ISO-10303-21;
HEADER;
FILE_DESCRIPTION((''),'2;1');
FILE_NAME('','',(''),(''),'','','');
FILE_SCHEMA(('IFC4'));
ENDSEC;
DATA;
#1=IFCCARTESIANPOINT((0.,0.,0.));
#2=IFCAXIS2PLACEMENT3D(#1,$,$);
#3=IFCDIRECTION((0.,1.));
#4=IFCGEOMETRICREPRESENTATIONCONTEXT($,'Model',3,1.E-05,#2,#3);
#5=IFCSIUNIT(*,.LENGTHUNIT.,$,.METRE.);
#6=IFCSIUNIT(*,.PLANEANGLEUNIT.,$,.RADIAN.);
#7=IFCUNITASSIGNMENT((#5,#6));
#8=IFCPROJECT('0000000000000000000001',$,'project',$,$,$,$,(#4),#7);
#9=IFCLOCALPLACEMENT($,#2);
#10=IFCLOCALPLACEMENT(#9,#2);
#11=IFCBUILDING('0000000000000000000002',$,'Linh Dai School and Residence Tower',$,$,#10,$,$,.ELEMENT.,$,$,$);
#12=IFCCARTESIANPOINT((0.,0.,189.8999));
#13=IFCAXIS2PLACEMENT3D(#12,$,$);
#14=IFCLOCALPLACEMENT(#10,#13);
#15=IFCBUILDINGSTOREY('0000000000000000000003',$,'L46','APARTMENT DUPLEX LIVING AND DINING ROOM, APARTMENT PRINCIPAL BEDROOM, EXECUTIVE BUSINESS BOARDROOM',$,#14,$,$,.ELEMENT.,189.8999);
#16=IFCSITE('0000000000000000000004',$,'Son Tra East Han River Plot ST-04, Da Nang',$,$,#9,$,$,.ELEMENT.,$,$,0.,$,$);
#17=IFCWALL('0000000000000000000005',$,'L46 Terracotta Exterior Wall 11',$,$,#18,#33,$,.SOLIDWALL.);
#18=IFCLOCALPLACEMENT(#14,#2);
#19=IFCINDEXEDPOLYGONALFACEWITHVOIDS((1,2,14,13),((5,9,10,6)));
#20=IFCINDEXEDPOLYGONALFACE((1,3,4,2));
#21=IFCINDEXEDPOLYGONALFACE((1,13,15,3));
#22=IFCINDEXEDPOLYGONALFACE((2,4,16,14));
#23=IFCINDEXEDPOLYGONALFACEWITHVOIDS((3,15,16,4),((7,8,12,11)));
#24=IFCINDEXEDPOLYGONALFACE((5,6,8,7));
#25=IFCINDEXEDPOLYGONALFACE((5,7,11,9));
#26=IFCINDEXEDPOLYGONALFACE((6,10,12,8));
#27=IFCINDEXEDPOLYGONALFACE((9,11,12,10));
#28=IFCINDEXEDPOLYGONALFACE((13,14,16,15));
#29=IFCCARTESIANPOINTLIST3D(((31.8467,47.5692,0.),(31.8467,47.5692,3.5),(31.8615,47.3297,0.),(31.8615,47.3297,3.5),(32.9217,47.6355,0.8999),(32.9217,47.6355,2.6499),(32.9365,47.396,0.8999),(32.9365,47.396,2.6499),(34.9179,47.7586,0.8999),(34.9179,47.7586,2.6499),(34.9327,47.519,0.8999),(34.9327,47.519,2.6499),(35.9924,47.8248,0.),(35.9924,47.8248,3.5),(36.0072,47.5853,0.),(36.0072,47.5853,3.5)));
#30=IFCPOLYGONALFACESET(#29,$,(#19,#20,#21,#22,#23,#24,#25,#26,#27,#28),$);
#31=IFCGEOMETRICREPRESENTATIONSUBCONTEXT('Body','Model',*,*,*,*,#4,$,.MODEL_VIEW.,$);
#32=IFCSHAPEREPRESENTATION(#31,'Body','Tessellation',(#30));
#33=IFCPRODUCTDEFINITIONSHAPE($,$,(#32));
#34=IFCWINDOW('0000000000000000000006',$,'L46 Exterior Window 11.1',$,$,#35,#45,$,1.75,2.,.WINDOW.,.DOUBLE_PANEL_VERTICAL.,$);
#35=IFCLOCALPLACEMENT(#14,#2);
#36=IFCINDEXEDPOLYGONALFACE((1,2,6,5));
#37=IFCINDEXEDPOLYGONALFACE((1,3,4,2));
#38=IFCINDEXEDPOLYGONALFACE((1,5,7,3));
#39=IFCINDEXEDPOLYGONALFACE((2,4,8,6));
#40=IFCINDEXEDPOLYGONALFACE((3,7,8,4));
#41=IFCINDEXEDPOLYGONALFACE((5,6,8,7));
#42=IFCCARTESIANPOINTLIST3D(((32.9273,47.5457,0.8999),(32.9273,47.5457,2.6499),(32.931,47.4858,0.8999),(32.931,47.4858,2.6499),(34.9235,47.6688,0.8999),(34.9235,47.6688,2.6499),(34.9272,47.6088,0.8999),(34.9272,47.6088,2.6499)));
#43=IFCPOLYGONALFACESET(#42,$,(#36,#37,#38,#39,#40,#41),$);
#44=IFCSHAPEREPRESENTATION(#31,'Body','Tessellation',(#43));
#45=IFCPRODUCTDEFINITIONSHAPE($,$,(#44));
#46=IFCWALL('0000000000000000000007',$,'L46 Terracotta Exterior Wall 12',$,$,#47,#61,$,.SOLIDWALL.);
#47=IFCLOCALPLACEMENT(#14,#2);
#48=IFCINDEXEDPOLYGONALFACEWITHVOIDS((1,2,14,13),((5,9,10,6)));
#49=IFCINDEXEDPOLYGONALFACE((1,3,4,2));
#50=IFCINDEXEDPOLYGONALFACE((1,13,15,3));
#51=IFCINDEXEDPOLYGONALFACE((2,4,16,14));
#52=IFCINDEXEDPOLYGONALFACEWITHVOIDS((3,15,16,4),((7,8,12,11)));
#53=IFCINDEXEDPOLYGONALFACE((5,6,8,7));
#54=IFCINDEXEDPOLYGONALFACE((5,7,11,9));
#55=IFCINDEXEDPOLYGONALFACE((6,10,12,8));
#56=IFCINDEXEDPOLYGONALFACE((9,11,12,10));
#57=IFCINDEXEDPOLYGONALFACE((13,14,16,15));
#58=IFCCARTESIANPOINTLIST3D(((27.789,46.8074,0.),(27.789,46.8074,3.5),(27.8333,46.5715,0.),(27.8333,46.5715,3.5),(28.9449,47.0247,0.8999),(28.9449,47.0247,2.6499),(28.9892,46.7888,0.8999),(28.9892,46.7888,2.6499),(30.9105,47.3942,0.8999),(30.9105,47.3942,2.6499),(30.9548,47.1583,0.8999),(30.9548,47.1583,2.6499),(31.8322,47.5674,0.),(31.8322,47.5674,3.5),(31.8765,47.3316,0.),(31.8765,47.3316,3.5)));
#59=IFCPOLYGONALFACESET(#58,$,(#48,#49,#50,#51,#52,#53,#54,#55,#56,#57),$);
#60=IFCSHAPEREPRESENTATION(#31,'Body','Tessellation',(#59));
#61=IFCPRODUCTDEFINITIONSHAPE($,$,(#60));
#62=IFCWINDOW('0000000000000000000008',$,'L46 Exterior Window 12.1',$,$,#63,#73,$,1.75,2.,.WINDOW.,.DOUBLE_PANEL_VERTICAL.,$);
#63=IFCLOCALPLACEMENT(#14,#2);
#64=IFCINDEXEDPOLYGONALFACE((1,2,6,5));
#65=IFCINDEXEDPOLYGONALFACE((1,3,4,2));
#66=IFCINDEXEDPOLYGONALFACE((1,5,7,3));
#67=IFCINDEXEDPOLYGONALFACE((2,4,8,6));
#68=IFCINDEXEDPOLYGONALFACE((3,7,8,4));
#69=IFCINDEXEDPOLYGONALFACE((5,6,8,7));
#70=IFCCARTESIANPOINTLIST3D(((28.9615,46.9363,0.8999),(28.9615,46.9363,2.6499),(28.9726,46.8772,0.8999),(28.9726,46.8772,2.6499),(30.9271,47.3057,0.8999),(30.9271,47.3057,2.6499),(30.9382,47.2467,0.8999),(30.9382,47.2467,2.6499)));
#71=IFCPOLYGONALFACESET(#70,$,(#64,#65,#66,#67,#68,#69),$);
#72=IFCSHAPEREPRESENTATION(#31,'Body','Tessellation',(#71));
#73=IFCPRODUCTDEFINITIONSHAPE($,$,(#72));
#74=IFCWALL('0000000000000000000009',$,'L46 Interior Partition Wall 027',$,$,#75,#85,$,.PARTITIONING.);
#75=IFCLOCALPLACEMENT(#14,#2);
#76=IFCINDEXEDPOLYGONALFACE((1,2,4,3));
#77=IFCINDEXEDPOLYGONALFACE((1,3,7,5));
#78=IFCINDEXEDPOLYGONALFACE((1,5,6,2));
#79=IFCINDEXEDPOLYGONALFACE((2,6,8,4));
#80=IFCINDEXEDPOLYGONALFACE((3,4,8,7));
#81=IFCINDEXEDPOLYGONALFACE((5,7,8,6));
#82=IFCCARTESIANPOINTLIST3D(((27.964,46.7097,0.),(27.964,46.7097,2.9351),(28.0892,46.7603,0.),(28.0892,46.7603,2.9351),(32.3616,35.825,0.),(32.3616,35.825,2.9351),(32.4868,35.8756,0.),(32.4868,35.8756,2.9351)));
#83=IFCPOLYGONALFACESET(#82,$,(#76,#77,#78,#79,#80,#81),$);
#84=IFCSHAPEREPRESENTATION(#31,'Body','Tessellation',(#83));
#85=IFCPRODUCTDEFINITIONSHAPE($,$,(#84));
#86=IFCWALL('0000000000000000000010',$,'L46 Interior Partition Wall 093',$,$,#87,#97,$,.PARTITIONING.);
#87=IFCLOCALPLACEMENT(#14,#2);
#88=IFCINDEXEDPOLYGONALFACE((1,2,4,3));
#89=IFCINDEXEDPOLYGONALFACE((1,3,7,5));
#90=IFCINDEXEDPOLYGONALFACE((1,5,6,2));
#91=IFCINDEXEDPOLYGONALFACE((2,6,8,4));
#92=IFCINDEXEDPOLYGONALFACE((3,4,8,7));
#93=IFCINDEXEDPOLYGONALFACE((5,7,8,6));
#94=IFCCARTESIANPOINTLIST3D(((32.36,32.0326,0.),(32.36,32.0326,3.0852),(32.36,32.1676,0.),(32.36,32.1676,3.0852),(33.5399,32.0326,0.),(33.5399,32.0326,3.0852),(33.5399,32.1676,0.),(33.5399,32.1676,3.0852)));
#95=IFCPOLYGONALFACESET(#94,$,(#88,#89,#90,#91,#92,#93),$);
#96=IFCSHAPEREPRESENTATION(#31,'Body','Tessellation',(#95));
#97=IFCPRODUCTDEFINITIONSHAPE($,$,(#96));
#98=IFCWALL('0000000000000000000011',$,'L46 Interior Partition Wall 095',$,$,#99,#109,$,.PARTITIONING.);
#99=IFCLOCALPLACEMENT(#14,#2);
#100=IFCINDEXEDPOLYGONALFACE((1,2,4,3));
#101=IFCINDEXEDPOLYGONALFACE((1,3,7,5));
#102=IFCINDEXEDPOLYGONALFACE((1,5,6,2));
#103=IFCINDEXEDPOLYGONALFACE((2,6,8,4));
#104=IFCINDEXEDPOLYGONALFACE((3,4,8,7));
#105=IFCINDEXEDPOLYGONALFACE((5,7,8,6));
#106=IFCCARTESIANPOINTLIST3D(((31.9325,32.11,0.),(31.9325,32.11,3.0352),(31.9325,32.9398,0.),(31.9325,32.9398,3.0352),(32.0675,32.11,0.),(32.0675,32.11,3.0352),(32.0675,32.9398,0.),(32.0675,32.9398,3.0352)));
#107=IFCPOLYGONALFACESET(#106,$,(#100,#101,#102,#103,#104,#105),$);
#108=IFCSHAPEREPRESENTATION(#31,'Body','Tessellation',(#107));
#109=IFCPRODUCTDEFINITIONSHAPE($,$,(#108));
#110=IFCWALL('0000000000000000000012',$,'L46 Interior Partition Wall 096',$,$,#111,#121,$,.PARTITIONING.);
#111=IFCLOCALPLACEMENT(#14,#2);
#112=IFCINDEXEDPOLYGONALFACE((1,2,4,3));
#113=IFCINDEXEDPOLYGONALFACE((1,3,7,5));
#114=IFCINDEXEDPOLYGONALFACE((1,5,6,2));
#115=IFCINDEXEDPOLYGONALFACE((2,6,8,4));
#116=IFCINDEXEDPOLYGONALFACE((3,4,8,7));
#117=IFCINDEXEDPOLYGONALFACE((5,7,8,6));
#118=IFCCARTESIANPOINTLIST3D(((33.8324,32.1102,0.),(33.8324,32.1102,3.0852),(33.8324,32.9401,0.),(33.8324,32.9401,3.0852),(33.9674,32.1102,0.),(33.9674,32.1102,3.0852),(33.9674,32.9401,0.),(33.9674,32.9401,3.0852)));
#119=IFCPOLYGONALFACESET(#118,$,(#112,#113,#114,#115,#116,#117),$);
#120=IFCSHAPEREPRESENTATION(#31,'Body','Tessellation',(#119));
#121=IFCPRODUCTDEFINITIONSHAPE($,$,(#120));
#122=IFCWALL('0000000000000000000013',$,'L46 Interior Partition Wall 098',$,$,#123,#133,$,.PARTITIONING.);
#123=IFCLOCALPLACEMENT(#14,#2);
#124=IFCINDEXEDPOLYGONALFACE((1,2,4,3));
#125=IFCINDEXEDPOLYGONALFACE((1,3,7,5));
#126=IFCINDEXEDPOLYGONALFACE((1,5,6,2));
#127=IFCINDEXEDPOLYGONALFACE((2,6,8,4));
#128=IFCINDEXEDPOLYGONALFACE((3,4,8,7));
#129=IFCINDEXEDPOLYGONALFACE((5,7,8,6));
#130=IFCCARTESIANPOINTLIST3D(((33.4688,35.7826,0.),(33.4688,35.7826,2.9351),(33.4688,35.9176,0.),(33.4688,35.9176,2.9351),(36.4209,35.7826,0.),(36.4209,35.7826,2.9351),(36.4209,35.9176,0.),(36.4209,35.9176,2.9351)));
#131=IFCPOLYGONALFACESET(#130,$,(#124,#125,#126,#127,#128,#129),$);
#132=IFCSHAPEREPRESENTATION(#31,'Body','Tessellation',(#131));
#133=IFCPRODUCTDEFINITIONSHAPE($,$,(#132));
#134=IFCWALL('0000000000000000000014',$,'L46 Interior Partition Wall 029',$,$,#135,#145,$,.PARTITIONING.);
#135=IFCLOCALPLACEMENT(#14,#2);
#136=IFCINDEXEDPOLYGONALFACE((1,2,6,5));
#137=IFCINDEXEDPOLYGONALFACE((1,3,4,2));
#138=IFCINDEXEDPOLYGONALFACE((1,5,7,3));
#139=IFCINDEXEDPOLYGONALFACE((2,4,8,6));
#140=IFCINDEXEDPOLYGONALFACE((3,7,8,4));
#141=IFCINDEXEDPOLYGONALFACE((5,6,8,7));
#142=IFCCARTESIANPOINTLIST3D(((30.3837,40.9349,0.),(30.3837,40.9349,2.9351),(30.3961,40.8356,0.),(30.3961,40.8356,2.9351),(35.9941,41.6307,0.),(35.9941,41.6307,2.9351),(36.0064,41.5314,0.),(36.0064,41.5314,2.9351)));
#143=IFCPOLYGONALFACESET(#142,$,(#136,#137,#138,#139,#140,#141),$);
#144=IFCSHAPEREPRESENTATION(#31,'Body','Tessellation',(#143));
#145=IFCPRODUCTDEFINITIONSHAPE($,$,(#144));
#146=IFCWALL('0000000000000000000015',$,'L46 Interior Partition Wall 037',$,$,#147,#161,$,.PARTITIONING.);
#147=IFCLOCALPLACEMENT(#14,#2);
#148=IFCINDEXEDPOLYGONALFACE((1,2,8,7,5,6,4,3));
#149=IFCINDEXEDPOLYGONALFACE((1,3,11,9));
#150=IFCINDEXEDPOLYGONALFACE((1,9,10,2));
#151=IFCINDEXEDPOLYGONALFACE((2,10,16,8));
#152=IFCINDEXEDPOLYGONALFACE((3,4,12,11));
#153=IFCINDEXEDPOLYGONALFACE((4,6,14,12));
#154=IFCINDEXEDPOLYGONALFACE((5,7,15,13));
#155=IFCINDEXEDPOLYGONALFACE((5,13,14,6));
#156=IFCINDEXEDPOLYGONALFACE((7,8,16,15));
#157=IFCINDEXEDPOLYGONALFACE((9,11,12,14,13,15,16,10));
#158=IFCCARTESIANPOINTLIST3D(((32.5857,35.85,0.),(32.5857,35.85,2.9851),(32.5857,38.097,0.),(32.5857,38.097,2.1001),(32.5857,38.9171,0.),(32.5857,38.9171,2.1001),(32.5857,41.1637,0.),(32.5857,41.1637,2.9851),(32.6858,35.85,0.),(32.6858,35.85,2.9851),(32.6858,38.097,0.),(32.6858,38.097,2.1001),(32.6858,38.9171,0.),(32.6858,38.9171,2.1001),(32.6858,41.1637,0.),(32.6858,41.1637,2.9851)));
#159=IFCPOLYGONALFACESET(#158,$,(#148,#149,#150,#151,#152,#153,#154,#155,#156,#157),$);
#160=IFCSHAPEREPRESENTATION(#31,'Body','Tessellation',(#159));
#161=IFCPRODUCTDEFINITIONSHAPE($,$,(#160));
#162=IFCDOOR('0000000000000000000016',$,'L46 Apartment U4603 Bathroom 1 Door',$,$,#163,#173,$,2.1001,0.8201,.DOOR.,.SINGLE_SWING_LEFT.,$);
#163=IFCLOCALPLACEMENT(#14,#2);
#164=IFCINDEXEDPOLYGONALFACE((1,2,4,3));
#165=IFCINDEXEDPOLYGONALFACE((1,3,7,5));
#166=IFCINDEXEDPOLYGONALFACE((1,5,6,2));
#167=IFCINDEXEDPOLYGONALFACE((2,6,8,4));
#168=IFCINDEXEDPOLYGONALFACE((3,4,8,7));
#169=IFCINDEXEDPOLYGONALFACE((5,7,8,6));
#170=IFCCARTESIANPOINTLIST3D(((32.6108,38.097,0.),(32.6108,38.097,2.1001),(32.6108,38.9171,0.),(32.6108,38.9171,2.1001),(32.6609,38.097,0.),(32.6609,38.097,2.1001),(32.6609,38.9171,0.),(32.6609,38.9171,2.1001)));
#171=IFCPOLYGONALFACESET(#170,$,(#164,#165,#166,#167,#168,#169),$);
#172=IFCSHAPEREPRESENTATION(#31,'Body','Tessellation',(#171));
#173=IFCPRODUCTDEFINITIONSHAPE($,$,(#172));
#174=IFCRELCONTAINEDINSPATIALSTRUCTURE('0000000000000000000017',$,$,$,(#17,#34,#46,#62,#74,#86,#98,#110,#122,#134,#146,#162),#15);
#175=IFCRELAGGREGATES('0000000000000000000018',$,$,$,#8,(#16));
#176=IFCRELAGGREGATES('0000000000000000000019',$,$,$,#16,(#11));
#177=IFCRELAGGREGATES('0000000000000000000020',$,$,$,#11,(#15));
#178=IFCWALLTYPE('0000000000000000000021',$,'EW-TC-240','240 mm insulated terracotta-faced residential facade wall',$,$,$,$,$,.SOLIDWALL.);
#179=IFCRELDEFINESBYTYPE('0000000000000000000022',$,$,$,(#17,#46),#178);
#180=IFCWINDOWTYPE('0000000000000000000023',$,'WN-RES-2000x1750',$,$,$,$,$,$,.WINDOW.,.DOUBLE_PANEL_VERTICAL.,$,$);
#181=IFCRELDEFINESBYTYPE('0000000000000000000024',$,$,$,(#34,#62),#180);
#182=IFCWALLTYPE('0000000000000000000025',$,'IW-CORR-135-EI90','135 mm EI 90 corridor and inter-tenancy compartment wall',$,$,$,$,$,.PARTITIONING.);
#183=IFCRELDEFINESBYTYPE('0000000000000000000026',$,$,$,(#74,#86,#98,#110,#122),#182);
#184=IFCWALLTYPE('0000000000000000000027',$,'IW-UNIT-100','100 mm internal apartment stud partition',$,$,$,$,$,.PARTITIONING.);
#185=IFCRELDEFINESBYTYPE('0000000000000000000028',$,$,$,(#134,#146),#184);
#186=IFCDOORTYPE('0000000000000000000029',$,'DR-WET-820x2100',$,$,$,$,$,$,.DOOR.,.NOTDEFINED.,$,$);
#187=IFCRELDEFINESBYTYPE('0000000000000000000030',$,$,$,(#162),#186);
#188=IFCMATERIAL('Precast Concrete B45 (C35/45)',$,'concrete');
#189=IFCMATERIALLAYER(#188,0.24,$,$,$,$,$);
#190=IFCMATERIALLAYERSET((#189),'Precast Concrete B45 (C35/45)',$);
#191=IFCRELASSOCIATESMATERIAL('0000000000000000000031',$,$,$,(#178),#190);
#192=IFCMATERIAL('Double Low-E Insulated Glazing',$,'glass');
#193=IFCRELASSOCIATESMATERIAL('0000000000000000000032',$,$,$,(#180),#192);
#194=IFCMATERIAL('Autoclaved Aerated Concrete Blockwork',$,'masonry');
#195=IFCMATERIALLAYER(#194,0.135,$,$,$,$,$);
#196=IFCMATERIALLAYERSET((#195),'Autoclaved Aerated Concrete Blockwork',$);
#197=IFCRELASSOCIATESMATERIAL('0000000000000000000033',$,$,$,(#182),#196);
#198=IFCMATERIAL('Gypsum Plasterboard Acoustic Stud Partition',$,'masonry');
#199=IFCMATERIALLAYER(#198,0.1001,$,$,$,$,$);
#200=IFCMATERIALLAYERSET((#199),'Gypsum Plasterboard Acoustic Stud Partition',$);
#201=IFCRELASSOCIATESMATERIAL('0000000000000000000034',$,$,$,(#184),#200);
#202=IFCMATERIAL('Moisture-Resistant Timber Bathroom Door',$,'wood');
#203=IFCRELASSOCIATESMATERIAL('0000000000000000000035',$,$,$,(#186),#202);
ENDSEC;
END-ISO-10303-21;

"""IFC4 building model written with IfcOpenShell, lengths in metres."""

from ifc_helpers import new_model, si_unit, direction, frame, frame_2d, origin, origin_2d, place, context, subcontext, project, spatial, rectangle, extrude, source, transform, mapped, material, layer, layer_set, type_object, element, fill, save


model = new_model("IFC4")

# Units and contexts
model_context = context("Model", 3, precision=1e-05, world=origin(), true_north=direction((0.0, 1.0)))
body_context = subcontext(model_context, "Body", "Model", "MODEL_VIEW")
ifc_project = project(units=[si_unit("LENGTHUNIT", "METRE"), si_unit("PLANEANGLEUNIT", "RADIAN")], contexts=[model_context])

# Site, building, storey
site_placement = place(None, origin())
site = spatial("IfcSite", under=ifc_project, at=site_placement, Name="Son Tra East Han River Plot ST-04, Da Nang", CompositionType="ELEMENT", RefElevation=0.0)
building_placement = place(site_placement, origin())
building = spatial("IfcBuilding", under=site, at=building_placement, Name="Linh Dai School and Residence Tower", CompositionType="ELEMENT")
storey_placement = place(building_placement, frame((0.0, 0.0, 189.8999)))
storey = spatial("IfcBuildingStorey", under=building, at=storey_placement, Name="L46", Description="APARTMENT DUPLEX LIVING AND DINING ROOM, APARTMENT PRINCIPAL BEDROOM, EXECUTIVE BUSINESS BOARDROOM", CompositionType="ELEMENT", Elevation=189.8999)

# Walls, openings, windows
ifc_material_1 = material(Name="Precast Concrete B45 (C35/45)", Category="concrete")
ifc_layer_1 = layer(ifc_material_1, 0.24)
ifc_layer_set_1 = layer_set([ifc_layer_1], Name="Precast Concrete B45 (C35/45)")
wall_type_1 = type_object("IfcWallType", Name="EW-TC-240", Description="240 mm insulated terracotta-faced residential facade wall", PredefinedType="SOLIDWALL", material=ifc_layer_set_1)
wall_1_placement = place(storey_placement, frame((31.8542, 47.4495, 0.0), z_axis=(0.0, 0.0, 1.0), x_axis=(0.998105, 0.06154, 0.0)))
wall_1 = element("IfcWall", 1, at=wall_1_placement, inside=storey, type_object=wall_type_1, Name="L46 Terracotta Exterior Wall 11", PredefinedType="SOLIDWALL", context=body_context, shape_type="SweptSolid", body=[
    extrude(rectangle(XDim=4.1536, YDim=0.24, at=frame_2d((2.0767, 0.0))), origin(), (0.0, 0.0, 1.0), 3.5),
])
opening_1_placement = place(wall_1_placement, frame((1.0769, 0.0, 0.8999)))
opening_1 = element("IfcOpeningElement", 2, at=opening_1_placement, cuts=wall_1, PredefinedType="OPENING", context=body_context, shape_type="SweptSolid", body=[
    extrude(rectangle(XDim=2.0, YDim=1.75, at=origin_2d()), frame((1.0, 0.1299, 0.875), z_axis=(0.0, -1.0, 0.0), x_axis=(1.0, 0.0, 0.0)), (0.0, 0.0, 1.0), 0.26),
])
ifc_material_2 = material(Name="Double Low-E Insulated Glazing", Category="glass")
window_type = type_object("IfcWindowType", Name="WN-RES-2000x1750", PartitioningType="DOUBLE_PANEL_VERTICAL", PredefinedType="WINDOW", material=ifc_material_2)
shared_shape_1 = source(origin(), body_context, "Body", "SweptSolid", [
    extrude(rectangle(XDim=2.0, YDim=1.75, at=origin_2d()), frame((1.0, 0.03, 0.875), z_axis=(0.0, -1.0, 0.0), x_axis=(1.0, 0.0, 0.0)), (0.0, 0.0, 1.0), 0.0601),
])
window_1_placement = place(opening_1_placement, origin())
window_1 = element("IfcWindow", 3, at=window_1_placement, inside=storey, type_object=window_type, Name="L46 Exterior Window 11.1", OverallHeight=1.75, OverallWidth=2.0, PartitioningType="DOUBLE_PANEL_VERTICAL", PredefinedType="WINDOW", context=body_context, shape_type="MappedRepresentation", body=[
    mapped(shared_shape_1, transform((0.0, 0.0, 0.0), x_axis=(1.0, 0.0, 0.0), y_axis=(0.0, 1.0, 0.0), z_axis=(0.0, 0.0, 1.0), scale=1.0)),
])
fill(opening_1, window_1)
wall_2_placement = place(storey_placement, frame((27.811, 46.6895, 0.0), z_axis=(0.0, 0.0, 1.0), x_axis=(0.982788, 0.184736, 0.0)))
wall_2 = element("IfcWall", 4, at=wall_2_placement, inside=storey, type_object=wall_type_1, Name="L46 Terracotta Exterior Wall 12", PredefinedType="SOLIDWALL", context=body_context, shape_type="SweptSolid", body=[
    extrude(rectangle(XDim=4.114, YDim=0.24, at=frame_2d((2.0571, 0.0))), origin(), (0.0, 0.0, 1.0), 3.5),
])
opening_2_placement = place(wall_2_placement, frame((1.1763, 0.0, 0.8999)))
opening_2 = element("IfcOpeningElement", 5, at=opening_2_placement, cuts=wall_2, PredefinedType="OPENING", context=body_context, shape_type="SweptSolid", body=[
    extrude(rectangle(XDim=2.0, YDim=1.75, at=origin_2d()), frame((1.0, 0.1299, 0.875), z_axis=(0.0, -1.0, 0.0), x_axis=(1.0, 0.0, 0.0)), (0.0, 0.0, 1.0), 0.26),
])
window_2_placement = place(opening_2_placement, origin())
window_2 = element("IfcWindow", 6, at=window_2_placement, inside=storey, type_object=window_type, Name="L46 Exterior Window 12.1", OverallHeight=1.75, OverallWidth=2.0, PartitioningType="DOUBLE_PANEL_VERTICAL", PredefinedType="WINDOW", context=body_context, shape_type="MappedRepresentation", body=[
    mapped(shared_shape_1, transform((0.0, 0.0, 0.0), x_axis=(1.0, 0.0, 0.0), y_axis=(0.0, 1.0, 0.0), z_axis=(0.0, 0.0, 1.0), scale=1.0)),
])
fill(opening_2, window_2)

# Walls
ifc_material_3 = material(Name="Autoclaved Aerated Concrete Blockwork", Category="masonry")
ifc_layer_2 = layer(ifc_material_3, 0.135)
ifc_layer_set_2 = layer_set([ifc_layer_2], Name="Autoclaved Aerated Concrete Blockwork")
wall_type_2 = type_object("IfcWallType", Name="IW-CORR-135-EI90", Description="135 mm EI 90 corridor and inter-tenancy compartment wall", PredefinedType="PARTITIONING", material=ifc_layer_set_2)
wall_3_placement = place(storey_placement, frame((28.0266, 46.7349, 0.0), z_axis=(0.0, 0.0, 1.0), x_axis=(0.374605, -0.927185, 0.0)))
element("IfcWall", 7, at=wall_3_placement, inside=storey, type_object=wall_type_2, Name="L46 Interior Partition Wall 027", PredefinedType="PARTITIONING", context=body_context, shape_type="SweptSolid", body=[
    extrude(rectangle(XDim=11.7395, YDim=0.135, at=frame_2d((5.8696, 0.0))), origin(), (0.0, 0.0, 1.0), 2.9351),
])
wall_4_placement = place(storey_placement, frame((32.3601, 32.1001, 0.0), z_axis=(0.0, 0.0, 1.0), x_axis=(1.0, 0.0, 0.0)))
element("IfcWall", 8, at=wall_4_placement, inside=storey, type_object=wall_type_2, Name="L46 Interior Partition Wall 093", PredefinedType="PARTITIONING", context=body_context, shape_type="SweptSolid", body=[
    extrude(rectangle(XDim=1.1799, YDim=0.135, at=frame_2d((0.5898, 0.0))), origin(), (0.0, 0.0, 1.0), 3.0852),
])
wall_5_placement = place(storey_placement, frame((32.0, 32.9399, 0.0), z_axis=(0.0, 0.0, 1.0), x_axis=(0.0, -1.0, 0.0)))
element("IfcWall", 9, at=wall_5_placement, inside=storey, type_object=wall_type_2, Name="L46 Interior Partition Wall 095", PredefinedType="PARTITIONING", context=body_context, shape_type="SweptSolid", body=[
    extrude(rectangle(XDim=0.8298, YDim=0.135, at=frame_2d((0.415, 0.0))), origin(), (0.0, 0.0, 1.0), 3.0352),
])
wall_6_placement = place(storey_placement, frame((33.8999, 32.1101, 0.0), z_axis=(0.0, 0.0, 1.0), x_axis=(0.0, 1.0, 0.0)))
element("IfcWall", 10, at=wall_6_placement, inside=storey, type_object=wall_type_2, Name="L46 Interior Partition Wall 096", PredefinedType="PARTITIONING", context=body_context, shape_type="SweptSolid", body=[
    extrude(rectangle(XDim=0.8298, YDim=0.135, at=frame_2d((0.415, 0.0))), origin(), (0.0, 0.0, 1.0), 3.0852),
])
wall_7_placement = place(storey_placement, frame((33.4688, 35.8501, 0.0), z_axis=(0.0, 0.0, 1.0), x_axis=(1.0, 0.0, 0.0)))
element("IfcWall", 11, at=wall_7_placement, inside=storey, type_object=wall_type_2, Name="L46 Interior Partition Wall 098", PredefinedType="PARTITIONING", context=body_context, shape_type="SweptSolid", body=[
    extrude(rectangle(XDim=2.9521, YDim=0.135, at=frame_2d((1.4761, 0.0))), origin(), (0.0, 0.0, 1.0), 2.9351),
])
ifc_material_4 = material(Name="Gypsum Plasterboard Acoustic Stud Partition", Category="masonry")
ifc_layer_3 = layer(ifc_material_4, 0.1001)
ifc_layer_set_3 = layer_set([ifc_layer_3], Name="Gypsum Plasterboard Acoustic Stud Partition")
wall_type_3 = type_object("IfcWallType", Name="IW-UNIT-100", Description="100 mm internal apartment stud partition", PredefinedType="PARTITIONING", material=ifc_layer_set_3)
wall_8_placement = place(storey_placement, frame((30.3899, 40.8853, 0.0), z_axis=(0.0, 0.0, 1.0), x_axis=(0.992397, 0.123078, 0.0)))
element("IfcWall", 12, at=wall_8_placement, inside=storey, type_object=wall_type_3, Name="L46 Interior Partition Wall 029", PredefinedType="PARTITIONING", context=body_context, shape_type="SweptSolid", body=[
    extrude(rectangle(XDim=5.6533, YDim=0.1001, at=frame_2d((2.8267, 0.0))), origin(), (0.0, 0.0, 1.0), 2.9351),
])

# Wall, opening, door
wall_9_placement = place(storey_placement, frame((32.6357, 35.8501, 0.0), z_axis=(0.0, 0.0, 1.0), x_axis=(0.0, 1.0, 0.0)))
wall_9 = element("IfcWall", 13, at=wall_9_placement, inside=storey, type_object=wall_type_3, Name="L46 Interior Partition Wall 037", PredefinedType="PARTITIONING", context=body_context, shape_type="SweptSolid", body=[
    extrude(rectangle(XDim=5.3137, YDim=0.1001, at=frame_2d((2.6567, 0.0))), origin(), (0.0, 0.0, 1.0), 2.9851),
])
opening_3_placement = place(wall_9_placement, frame((2.2468, 0.0, 0.0)))
opening_3 = element("IfcOpeningElement", 14, at=opening_3_placement, cuts=wall_9, PredefinedType="OPENING", context=body_context, shape_type="SweptSolid", body=[
    extrude(rectangle(XDim=0.8201, YDim=2.1001, at=origin_2d()), frame((0.4102, 0.0601, 1.05), z_axis=(0.0, -1.0, 0.0), x_axis=(1.0, 0.0, 0.0)), (0.0, 0.0, 1.0), 0.1201),
])
ifc_material_5 = material(Name="Moisture-Resistant Timber Bathroom Door", Category="wood")
door_type_1 = type_object("IfcDoorType", Name="DR-WET-820x2100", OperationType="NOTDEFINED", PredefinedType="DOOR", material=ifc_material_5)
shared_shape_2 = source(origin(), body_context, "Body", "SweptSolid", [
    extrude(rectangle(XDim=0.8201, YDim=2.1001, at=origin_2d()), frame((0.4102, 0.0249, 1.05), z_axis=(0.0, -1.0, 0.0), x_axis=(1.0, 0.0, 0.0)), (0.0, 0.0, 1.0), 0.05),
])
door_1_placement = place(opening_3_placement, origin())
door_1 = element("IfcDoor", 15, at=door_1_placement, inside=storey, type_object=door_type_1, Name="L46 Apartment U4603 Bathroom 1 Door", OperationType="SINGLE_SWING_LEFT", OverallHeight=2.1001, OverallWidth=0.8201, PredefinedType="DOOR", context=body_context, shape_type="MappedRepresentation", body=[
    mapped(shared_shape_2, transform((0.0, 0.0, 0.0), x_axis=(1.0, 0.0, 0.0), y_axis=(0.0, 1.0, 0.0), z_axis=(0.0, 0.0, 1.0), scale=1.0)),
])
fill(opening_3, door_1)

save(model, "model.ifc")
